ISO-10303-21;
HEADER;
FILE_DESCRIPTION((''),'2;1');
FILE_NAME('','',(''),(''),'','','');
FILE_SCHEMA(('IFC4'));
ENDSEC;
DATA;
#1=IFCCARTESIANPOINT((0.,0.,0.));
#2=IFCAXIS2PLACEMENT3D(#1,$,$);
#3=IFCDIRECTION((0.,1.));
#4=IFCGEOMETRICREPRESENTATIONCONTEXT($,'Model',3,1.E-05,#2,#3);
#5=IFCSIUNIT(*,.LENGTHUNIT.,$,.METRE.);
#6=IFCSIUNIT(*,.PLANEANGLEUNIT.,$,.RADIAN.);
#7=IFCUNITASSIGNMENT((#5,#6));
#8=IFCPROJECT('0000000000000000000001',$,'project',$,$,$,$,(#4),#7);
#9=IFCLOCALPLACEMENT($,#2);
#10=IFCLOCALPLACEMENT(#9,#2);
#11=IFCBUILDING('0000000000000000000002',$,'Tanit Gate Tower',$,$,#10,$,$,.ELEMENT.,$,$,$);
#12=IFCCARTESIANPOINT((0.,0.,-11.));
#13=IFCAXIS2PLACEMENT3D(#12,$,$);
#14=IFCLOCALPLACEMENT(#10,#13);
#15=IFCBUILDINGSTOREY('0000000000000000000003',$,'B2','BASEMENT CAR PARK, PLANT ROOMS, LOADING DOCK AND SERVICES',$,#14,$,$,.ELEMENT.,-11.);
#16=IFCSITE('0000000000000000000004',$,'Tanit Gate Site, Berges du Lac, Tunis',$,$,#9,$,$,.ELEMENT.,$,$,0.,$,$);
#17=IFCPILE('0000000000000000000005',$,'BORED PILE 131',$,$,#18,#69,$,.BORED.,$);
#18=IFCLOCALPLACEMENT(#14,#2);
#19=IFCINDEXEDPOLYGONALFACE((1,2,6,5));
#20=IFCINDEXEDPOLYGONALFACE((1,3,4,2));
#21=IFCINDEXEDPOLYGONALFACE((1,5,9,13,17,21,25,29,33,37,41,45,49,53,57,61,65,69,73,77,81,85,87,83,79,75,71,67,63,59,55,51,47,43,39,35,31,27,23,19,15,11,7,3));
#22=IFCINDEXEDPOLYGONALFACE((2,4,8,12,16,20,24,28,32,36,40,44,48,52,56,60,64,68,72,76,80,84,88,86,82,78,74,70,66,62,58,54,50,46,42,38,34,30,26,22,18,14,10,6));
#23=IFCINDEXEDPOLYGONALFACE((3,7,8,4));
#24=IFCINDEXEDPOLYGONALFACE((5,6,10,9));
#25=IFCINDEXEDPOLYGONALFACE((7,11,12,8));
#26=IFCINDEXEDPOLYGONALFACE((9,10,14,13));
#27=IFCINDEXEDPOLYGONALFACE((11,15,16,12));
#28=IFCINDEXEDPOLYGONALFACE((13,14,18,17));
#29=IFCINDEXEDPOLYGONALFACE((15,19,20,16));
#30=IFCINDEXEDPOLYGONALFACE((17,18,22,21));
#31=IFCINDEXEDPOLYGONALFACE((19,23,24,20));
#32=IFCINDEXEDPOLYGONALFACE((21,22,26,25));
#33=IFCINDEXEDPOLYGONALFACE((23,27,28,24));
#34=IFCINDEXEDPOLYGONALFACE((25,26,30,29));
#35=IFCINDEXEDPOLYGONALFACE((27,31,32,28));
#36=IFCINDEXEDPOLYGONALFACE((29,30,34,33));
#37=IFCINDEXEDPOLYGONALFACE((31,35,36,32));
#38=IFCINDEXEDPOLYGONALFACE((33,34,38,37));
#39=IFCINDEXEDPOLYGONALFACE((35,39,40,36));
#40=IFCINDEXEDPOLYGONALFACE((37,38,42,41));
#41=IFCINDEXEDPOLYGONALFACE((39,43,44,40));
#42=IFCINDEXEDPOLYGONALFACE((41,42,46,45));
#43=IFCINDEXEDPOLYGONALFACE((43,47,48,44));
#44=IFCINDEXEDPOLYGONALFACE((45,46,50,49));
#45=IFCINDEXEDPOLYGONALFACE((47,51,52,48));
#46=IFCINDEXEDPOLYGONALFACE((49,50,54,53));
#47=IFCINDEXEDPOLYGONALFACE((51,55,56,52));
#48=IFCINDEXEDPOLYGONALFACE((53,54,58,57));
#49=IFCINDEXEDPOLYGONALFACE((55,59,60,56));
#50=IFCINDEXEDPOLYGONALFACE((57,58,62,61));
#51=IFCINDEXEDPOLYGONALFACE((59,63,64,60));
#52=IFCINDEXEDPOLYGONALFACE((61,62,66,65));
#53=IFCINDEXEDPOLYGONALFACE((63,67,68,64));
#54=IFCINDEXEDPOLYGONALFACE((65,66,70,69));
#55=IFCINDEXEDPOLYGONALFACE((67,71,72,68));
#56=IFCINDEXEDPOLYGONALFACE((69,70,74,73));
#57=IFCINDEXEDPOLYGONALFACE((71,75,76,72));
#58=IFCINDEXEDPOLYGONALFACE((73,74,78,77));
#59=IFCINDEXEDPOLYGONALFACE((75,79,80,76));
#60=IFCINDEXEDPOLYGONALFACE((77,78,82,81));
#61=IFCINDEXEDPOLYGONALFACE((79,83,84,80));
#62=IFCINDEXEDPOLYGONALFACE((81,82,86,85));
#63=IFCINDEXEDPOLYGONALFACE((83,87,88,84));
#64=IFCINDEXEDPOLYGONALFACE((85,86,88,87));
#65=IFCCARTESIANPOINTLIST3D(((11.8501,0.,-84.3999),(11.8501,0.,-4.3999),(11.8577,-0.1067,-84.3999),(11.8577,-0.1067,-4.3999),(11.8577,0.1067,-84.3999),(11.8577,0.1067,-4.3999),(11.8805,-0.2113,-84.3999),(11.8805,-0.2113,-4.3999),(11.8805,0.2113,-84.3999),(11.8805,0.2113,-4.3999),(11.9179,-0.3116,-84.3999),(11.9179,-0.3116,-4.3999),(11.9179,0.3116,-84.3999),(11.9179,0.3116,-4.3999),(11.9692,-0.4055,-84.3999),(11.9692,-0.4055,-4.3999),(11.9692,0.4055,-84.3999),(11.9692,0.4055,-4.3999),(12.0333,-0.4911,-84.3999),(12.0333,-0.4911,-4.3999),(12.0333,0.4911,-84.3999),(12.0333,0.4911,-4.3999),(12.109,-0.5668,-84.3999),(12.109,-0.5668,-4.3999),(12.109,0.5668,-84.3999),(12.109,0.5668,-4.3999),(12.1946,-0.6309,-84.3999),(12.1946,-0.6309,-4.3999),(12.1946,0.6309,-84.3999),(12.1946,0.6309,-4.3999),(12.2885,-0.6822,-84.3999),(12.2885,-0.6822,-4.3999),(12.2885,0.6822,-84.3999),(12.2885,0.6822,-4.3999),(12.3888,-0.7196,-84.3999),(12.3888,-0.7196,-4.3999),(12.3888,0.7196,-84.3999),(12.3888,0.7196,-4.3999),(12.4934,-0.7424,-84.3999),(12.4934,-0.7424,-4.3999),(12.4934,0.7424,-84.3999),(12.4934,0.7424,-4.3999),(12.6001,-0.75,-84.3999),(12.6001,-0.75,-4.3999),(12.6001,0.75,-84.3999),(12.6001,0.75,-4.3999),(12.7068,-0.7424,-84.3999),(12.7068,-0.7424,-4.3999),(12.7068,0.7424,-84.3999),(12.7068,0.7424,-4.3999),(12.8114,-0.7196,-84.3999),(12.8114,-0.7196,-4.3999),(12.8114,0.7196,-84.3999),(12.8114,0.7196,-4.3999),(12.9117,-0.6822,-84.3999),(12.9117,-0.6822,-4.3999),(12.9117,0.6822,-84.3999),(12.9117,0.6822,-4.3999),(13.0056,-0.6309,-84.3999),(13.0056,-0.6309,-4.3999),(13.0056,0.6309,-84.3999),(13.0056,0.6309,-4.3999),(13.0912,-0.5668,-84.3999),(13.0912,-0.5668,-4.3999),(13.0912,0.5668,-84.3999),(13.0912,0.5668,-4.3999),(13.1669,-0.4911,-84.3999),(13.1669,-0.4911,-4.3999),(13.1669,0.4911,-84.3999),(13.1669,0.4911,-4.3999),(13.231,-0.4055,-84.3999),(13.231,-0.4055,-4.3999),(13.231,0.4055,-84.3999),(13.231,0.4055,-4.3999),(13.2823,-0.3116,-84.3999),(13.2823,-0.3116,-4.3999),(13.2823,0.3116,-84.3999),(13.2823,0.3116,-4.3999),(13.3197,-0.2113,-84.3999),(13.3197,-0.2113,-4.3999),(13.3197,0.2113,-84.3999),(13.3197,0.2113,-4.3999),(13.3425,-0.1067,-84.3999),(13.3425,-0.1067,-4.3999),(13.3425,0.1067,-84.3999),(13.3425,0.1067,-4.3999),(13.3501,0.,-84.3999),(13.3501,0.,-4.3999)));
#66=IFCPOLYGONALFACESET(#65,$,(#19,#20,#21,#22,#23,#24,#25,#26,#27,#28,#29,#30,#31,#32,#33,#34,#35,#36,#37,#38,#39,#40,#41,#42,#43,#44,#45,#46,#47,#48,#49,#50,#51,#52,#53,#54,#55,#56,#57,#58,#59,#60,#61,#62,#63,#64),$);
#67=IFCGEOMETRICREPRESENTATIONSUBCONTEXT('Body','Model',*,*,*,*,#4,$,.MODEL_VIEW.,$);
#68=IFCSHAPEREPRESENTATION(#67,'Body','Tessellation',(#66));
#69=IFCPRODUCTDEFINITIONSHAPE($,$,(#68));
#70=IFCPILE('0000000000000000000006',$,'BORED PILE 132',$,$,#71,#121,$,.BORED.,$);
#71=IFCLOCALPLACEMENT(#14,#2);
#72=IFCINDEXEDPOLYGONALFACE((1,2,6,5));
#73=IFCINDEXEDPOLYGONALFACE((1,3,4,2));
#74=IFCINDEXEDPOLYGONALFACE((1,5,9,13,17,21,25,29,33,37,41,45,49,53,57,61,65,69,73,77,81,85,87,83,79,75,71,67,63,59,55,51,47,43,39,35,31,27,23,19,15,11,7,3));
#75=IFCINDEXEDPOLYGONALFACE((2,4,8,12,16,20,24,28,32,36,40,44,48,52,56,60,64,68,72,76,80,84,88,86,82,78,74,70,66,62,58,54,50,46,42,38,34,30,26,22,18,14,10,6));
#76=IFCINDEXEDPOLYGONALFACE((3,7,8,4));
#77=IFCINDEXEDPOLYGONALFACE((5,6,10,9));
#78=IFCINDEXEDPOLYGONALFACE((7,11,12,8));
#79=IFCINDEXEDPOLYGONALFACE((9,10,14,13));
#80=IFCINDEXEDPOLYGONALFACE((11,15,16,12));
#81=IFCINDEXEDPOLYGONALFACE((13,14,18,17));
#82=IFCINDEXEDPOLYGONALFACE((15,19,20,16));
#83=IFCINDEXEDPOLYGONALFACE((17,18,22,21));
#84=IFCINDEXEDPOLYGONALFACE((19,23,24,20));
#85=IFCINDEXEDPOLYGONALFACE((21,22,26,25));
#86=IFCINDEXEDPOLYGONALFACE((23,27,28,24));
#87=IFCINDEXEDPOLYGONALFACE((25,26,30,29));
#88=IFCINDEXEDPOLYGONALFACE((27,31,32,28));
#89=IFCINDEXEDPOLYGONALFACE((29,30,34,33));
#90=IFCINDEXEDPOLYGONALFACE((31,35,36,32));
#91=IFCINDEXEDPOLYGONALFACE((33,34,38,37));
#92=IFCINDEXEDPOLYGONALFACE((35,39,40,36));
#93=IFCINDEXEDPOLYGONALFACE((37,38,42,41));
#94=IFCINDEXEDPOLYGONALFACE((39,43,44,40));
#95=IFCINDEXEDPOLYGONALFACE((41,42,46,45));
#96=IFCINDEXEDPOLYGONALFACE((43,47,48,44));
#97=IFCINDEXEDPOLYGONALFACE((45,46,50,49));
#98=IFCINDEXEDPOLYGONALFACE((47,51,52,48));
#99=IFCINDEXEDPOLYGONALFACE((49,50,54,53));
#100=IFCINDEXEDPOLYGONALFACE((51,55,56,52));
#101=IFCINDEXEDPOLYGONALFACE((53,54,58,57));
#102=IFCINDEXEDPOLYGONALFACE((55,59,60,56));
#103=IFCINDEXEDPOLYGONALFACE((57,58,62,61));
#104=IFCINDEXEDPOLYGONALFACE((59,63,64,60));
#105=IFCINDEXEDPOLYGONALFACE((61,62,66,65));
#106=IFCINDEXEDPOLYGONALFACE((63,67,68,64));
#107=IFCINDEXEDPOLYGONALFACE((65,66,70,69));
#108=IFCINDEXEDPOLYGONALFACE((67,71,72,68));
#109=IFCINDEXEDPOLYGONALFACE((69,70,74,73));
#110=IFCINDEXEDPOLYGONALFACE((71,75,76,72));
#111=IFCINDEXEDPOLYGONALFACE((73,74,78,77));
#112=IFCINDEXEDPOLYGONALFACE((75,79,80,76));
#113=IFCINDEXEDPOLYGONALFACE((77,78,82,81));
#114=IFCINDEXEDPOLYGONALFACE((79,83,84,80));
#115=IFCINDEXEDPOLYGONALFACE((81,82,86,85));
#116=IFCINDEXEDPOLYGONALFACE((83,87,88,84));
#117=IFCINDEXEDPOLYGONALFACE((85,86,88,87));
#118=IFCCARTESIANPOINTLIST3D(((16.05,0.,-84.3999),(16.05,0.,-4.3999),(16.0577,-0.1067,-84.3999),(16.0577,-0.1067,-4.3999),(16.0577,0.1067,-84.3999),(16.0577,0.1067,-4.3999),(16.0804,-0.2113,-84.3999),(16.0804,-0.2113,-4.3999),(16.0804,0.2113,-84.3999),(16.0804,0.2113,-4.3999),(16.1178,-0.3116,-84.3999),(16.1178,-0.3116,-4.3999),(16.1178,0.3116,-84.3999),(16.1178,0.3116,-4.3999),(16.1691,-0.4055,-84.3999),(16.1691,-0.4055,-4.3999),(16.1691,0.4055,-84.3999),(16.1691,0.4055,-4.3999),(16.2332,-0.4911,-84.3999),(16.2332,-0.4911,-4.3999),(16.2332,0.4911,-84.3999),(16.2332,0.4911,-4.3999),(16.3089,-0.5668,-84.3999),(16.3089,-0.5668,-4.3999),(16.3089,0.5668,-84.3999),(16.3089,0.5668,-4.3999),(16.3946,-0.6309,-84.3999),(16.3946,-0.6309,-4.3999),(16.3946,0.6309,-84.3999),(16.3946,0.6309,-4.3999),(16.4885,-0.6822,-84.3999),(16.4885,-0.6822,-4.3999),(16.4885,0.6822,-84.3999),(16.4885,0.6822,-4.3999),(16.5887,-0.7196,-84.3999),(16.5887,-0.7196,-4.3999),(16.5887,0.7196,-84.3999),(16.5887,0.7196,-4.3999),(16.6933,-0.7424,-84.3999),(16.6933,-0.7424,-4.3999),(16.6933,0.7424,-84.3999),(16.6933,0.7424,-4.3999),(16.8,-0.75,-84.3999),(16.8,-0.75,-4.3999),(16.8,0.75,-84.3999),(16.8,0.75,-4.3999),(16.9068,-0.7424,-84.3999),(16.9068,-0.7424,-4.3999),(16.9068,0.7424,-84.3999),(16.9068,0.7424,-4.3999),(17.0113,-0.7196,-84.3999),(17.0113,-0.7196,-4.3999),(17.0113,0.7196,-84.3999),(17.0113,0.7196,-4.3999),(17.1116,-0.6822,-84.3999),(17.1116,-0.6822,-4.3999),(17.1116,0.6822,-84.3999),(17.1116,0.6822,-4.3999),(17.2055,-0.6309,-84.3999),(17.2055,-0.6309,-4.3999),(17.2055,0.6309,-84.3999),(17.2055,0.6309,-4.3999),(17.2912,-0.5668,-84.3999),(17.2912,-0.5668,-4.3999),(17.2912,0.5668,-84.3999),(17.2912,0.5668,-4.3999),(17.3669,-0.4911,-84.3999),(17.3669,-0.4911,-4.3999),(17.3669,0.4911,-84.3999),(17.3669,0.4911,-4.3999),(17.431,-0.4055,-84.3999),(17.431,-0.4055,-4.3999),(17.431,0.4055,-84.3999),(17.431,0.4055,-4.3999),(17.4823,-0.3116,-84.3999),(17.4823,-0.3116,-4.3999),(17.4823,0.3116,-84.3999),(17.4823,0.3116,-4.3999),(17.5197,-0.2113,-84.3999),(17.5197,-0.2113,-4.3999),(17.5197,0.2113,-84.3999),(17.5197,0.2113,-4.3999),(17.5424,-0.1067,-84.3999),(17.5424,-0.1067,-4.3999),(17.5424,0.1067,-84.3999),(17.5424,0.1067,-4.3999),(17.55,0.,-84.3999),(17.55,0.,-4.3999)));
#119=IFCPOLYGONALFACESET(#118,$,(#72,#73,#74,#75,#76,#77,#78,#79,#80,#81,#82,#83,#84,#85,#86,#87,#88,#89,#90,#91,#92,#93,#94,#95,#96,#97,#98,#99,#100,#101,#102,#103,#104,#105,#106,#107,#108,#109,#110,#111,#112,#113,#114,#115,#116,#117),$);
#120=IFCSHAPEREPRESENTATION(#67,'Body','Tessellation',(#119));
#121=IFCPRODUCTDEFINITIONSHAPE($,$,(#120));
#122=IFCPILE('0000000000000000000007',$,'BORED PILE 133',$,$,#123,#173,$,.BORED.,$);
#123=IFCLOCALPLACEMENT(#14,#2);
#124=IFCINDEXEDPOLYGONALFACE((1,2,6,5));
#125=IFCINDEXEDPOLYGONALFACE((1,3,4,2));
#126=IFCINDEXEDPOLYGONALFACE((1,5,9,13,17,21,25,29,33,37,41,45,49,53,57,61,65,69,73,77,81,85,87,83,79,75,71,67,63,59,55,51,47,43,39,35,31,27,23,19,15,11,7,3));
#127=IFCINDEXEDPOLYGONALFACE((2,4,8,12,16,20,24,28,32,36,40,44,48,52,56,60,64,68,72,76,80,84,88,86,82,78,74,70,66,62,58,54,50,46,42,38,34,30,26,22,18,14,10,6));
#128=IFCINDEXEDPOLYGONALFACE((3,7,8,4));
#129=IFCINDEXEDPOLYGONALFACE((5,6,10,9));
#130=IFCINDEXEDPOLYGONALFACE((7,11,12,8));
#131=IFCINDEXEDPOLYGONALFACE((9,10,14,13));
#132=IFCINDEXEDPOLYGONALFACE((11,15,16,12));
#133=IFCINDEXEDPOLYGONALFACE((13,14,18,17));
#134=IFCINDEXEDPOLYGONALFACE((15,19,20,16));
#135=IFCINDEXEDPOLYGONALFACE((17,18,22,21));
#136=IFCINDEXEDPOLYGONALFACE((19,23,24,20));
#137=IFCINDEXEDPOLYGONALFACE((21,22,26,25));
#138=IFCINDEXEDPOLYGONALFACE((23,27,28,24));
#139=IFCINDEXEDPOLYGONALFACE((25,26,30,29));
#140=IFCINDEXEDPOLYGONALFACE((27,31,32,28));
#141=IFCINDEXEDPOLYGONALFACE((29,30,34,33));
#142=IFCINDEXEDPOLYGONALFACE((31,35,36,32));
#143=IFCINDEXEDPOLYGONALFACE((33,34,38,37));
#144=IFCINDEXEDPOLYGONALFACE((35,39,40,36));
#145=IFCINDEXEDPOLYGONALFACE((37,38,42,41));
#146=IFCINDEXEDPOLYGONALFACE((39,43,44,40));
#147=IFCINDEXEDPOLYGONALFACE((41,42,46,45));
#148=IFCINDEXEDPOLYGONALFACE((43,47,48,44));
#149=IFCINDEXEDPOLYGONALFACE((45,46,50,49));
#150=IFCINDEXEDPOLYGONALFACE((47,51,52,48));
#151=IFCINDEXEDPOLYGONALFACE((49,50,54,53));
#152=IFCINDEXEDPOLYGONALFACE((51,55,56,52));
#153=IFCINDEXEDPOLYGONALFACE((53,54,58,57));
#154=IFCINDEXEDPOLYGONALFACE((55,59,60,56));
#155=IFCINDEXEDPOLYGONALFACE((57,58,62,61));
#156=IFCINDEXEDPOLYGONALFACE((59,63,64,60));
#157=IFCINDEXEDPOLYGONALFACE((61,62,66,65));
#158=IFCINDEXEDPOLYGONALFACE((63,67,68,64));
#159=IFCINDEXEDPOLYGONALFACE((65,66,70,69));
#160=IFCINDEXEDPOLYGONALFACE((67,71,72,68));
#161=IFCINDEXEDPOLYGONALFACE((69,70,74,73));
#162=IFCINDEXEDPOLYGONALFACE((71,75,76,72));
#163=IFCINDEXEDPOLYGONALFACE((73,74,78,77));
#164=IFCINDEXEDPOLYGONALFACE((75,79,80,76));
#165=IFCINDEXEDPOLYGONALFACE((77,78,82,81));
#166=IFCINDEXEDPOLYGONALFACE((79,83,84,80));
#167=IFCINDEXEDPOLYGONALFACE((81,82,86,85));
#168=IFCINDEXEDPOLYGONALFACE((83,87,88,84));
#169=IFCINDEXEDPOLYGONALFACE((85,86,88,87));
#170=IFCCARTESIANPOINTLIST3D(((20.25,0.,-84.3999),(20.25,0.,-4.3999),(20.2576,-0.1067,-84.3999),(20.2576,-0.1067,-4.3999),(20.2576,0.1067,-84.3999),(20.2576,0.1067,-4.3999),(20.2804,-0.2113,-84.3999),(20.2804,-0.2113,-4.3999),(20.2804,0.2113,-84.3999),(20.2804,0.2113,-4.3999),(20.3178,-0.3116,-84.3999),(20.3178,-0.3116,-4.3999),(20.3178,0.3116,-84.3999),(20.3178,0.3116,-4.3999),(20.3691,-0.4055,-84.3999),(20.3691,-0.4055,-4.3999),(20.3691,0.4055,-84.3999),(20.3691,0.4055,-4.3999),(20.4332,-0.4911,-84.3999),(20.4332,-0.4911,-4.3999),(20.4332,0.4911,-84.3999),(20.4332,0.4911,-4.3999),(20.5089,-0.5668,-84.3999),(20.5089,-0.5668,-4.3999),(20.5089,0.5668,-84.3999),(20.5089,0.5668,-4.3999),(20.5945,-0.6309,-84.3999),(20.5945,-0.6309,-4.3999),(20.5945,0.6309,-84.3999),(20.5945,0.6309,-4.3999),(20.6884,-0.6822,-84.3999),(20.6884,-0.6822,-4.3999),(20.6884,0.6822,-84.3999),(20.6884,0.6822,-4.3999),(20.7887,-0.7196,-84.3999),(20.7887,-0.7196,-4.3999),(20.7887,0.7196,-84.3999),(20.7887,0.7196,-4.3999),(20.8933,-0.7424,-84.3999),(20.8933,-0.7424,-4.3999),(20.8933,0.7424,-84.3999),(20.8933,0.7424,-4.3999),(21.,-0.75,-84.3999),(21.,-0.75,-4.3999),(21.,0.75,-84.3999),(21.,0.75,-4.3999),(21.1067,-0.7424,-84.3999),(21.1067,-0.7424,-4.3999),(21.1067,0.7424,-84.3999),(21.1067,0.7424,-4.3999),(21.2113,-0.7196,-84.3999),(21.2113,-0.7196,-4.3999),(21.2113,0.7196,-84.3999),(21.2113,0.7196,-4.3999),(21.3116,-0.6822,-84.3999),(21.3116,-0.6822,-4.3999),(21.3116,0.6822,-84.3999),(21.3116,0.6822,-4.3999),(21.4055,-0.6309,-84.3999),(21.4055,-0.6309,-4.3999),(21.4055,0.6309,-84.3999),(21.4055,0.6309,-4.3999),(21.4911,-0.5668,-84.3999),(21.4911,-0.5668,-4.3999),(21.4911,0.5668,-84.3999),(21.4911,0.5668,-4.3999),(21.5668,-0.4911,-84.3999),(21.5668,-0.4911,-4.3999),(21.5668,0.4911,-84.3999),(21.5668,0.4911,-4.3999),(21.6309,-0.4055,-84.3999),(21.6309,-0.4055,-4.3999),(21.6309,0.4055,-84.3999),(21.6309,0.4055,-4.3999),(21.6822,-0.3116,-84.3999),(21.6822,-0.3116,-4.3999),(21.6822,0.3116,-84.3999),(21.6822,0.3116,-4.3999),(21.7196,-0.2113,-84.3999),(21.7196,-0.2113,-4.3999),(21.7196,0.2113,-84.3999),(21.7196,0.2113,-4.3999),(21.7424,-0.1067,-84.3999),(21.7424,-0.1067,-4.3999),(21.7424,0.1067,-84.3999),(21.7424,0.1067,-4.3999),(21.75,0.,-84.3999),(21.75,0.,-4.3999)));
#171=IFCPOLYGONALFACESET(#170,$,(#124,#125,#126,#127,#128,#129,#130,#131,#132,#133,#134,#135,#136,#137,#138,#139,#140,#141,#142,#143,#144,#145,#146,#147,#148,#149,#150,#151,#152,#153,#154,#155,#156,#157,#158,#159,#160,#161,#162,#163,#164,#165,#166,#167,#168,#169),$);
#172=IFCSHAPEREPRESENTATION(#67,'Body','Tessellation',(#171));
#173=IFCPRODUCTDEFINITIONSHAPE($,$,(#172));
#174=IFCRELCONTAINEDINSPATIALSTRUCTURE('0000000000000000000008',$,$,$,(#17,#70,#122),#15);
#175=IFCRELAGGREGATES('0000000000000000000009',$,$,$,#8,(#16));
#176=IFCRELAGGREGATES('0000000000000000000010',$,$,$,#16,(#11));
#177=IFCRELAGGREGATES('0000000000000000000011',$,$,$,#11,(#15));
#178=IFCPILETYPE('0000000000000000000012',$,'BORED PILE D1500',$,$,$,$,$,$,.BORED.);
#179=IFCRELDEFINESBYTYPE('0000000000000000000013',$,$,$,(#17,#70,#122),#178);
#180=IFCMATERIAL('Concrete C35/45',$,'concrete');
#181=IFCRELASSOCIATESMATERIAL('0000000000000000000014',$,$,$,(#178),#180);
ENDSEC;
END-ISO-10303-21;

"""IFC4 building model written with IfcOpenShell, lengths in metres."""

from ifc_helpers import new_model, si_unit, direction, frame, origin, origin_2d, place, context, subcontext, project, spatial, circle, extrude, material, material_profile, profile_set, type_object, element, save


model = new_model("IFC4")

# Units and contexts
model_context = context("Model", 3, precision=1e-05, world=origin(), true_north=direction((0.0, 1.0)))
body_context = subcontext(model_context, "Body", "Model", "MODEL_VIEW")
ifc_project = project(units=[si_unit("LENGTHUNIT", "METRE"), si_unit("PLANEANGLEUNIT", "RADIAN")], contexts=[model_context])

# Site, building, storey
site_placement = place(None, origin())
site = spatial("IfcSite", under=ifc_project, at=site_placement, Name="Tanit Gate Site, Berges du Lac, Tunis", CompositionType="ELEMENT", RefElevation=0.0)
building_placement = place(site_placement, origin())
building = spatial("IfcBuilding", under=site, at=building_placement, Name="Tanit Gate Tower", CompositionType="ELEMENT")
storey_placement = place(building_placement, frame((0.0, 0.0, -11.0)))
storey = spatial("IfcBuildingStorey", under=building, at=storey_placement, Name="B2", Description="BASEMENT CAR PARK, PLANT ROOMS, LOADING DOCK AND SERVICES", CompositionType="ELEMENT", Elevation=-11.0)

# Piles
ifc_material_1 = material(Name="Concrete C35/45", Category="concrete")
ifc_material_profile_1 = material_profile(ifc_material_1, circle(Radius=0.75, at=origin_2d()), Name="BORED PILE D1500 C35/45")
ifc_profile_set_1 = profile_set([ifc_material_profile_1], Name="Concrete C35/45")
pile_type = type_object("IfcPileType", Name="BORED PILE D1500", PredefinedType="BORED", material=ifc_profile_set_1)
for number, where, z_axis, x_axis, name in (
    (1, (12.6001, 0.0, -4.3999), (0.0, 0.0, -1.0), (1.0, 0.0, 0.0), "BORED PILE 131"),
    (2, (16.8, 0.0, -4.3999), (0.0, 0.0, -1.0), (1.0, 0.0, 0.0), "BORED PILE 132"),
    (3, (21.0, 0.0, -4.3999), (0.0, 0.0, -1.0), (1.0, 0.0, 0.0), "BORED PILE 133"),
):
    element("IfcPile", number, at=place(storey_placement, frame(where, z_axis=z_axis, x_axis=x_axis)), inside=storey, type_object=pile_type, Name=name, PredefinedType="BORED", context=body_context, shape_type="SweptSolid", body=[
        extrude(circle(Radius=0.75, at=origin_2d()), origin(), (0.0, 0.0, 1.0), 80.0),
    ])

save(model, "model.ifc")
